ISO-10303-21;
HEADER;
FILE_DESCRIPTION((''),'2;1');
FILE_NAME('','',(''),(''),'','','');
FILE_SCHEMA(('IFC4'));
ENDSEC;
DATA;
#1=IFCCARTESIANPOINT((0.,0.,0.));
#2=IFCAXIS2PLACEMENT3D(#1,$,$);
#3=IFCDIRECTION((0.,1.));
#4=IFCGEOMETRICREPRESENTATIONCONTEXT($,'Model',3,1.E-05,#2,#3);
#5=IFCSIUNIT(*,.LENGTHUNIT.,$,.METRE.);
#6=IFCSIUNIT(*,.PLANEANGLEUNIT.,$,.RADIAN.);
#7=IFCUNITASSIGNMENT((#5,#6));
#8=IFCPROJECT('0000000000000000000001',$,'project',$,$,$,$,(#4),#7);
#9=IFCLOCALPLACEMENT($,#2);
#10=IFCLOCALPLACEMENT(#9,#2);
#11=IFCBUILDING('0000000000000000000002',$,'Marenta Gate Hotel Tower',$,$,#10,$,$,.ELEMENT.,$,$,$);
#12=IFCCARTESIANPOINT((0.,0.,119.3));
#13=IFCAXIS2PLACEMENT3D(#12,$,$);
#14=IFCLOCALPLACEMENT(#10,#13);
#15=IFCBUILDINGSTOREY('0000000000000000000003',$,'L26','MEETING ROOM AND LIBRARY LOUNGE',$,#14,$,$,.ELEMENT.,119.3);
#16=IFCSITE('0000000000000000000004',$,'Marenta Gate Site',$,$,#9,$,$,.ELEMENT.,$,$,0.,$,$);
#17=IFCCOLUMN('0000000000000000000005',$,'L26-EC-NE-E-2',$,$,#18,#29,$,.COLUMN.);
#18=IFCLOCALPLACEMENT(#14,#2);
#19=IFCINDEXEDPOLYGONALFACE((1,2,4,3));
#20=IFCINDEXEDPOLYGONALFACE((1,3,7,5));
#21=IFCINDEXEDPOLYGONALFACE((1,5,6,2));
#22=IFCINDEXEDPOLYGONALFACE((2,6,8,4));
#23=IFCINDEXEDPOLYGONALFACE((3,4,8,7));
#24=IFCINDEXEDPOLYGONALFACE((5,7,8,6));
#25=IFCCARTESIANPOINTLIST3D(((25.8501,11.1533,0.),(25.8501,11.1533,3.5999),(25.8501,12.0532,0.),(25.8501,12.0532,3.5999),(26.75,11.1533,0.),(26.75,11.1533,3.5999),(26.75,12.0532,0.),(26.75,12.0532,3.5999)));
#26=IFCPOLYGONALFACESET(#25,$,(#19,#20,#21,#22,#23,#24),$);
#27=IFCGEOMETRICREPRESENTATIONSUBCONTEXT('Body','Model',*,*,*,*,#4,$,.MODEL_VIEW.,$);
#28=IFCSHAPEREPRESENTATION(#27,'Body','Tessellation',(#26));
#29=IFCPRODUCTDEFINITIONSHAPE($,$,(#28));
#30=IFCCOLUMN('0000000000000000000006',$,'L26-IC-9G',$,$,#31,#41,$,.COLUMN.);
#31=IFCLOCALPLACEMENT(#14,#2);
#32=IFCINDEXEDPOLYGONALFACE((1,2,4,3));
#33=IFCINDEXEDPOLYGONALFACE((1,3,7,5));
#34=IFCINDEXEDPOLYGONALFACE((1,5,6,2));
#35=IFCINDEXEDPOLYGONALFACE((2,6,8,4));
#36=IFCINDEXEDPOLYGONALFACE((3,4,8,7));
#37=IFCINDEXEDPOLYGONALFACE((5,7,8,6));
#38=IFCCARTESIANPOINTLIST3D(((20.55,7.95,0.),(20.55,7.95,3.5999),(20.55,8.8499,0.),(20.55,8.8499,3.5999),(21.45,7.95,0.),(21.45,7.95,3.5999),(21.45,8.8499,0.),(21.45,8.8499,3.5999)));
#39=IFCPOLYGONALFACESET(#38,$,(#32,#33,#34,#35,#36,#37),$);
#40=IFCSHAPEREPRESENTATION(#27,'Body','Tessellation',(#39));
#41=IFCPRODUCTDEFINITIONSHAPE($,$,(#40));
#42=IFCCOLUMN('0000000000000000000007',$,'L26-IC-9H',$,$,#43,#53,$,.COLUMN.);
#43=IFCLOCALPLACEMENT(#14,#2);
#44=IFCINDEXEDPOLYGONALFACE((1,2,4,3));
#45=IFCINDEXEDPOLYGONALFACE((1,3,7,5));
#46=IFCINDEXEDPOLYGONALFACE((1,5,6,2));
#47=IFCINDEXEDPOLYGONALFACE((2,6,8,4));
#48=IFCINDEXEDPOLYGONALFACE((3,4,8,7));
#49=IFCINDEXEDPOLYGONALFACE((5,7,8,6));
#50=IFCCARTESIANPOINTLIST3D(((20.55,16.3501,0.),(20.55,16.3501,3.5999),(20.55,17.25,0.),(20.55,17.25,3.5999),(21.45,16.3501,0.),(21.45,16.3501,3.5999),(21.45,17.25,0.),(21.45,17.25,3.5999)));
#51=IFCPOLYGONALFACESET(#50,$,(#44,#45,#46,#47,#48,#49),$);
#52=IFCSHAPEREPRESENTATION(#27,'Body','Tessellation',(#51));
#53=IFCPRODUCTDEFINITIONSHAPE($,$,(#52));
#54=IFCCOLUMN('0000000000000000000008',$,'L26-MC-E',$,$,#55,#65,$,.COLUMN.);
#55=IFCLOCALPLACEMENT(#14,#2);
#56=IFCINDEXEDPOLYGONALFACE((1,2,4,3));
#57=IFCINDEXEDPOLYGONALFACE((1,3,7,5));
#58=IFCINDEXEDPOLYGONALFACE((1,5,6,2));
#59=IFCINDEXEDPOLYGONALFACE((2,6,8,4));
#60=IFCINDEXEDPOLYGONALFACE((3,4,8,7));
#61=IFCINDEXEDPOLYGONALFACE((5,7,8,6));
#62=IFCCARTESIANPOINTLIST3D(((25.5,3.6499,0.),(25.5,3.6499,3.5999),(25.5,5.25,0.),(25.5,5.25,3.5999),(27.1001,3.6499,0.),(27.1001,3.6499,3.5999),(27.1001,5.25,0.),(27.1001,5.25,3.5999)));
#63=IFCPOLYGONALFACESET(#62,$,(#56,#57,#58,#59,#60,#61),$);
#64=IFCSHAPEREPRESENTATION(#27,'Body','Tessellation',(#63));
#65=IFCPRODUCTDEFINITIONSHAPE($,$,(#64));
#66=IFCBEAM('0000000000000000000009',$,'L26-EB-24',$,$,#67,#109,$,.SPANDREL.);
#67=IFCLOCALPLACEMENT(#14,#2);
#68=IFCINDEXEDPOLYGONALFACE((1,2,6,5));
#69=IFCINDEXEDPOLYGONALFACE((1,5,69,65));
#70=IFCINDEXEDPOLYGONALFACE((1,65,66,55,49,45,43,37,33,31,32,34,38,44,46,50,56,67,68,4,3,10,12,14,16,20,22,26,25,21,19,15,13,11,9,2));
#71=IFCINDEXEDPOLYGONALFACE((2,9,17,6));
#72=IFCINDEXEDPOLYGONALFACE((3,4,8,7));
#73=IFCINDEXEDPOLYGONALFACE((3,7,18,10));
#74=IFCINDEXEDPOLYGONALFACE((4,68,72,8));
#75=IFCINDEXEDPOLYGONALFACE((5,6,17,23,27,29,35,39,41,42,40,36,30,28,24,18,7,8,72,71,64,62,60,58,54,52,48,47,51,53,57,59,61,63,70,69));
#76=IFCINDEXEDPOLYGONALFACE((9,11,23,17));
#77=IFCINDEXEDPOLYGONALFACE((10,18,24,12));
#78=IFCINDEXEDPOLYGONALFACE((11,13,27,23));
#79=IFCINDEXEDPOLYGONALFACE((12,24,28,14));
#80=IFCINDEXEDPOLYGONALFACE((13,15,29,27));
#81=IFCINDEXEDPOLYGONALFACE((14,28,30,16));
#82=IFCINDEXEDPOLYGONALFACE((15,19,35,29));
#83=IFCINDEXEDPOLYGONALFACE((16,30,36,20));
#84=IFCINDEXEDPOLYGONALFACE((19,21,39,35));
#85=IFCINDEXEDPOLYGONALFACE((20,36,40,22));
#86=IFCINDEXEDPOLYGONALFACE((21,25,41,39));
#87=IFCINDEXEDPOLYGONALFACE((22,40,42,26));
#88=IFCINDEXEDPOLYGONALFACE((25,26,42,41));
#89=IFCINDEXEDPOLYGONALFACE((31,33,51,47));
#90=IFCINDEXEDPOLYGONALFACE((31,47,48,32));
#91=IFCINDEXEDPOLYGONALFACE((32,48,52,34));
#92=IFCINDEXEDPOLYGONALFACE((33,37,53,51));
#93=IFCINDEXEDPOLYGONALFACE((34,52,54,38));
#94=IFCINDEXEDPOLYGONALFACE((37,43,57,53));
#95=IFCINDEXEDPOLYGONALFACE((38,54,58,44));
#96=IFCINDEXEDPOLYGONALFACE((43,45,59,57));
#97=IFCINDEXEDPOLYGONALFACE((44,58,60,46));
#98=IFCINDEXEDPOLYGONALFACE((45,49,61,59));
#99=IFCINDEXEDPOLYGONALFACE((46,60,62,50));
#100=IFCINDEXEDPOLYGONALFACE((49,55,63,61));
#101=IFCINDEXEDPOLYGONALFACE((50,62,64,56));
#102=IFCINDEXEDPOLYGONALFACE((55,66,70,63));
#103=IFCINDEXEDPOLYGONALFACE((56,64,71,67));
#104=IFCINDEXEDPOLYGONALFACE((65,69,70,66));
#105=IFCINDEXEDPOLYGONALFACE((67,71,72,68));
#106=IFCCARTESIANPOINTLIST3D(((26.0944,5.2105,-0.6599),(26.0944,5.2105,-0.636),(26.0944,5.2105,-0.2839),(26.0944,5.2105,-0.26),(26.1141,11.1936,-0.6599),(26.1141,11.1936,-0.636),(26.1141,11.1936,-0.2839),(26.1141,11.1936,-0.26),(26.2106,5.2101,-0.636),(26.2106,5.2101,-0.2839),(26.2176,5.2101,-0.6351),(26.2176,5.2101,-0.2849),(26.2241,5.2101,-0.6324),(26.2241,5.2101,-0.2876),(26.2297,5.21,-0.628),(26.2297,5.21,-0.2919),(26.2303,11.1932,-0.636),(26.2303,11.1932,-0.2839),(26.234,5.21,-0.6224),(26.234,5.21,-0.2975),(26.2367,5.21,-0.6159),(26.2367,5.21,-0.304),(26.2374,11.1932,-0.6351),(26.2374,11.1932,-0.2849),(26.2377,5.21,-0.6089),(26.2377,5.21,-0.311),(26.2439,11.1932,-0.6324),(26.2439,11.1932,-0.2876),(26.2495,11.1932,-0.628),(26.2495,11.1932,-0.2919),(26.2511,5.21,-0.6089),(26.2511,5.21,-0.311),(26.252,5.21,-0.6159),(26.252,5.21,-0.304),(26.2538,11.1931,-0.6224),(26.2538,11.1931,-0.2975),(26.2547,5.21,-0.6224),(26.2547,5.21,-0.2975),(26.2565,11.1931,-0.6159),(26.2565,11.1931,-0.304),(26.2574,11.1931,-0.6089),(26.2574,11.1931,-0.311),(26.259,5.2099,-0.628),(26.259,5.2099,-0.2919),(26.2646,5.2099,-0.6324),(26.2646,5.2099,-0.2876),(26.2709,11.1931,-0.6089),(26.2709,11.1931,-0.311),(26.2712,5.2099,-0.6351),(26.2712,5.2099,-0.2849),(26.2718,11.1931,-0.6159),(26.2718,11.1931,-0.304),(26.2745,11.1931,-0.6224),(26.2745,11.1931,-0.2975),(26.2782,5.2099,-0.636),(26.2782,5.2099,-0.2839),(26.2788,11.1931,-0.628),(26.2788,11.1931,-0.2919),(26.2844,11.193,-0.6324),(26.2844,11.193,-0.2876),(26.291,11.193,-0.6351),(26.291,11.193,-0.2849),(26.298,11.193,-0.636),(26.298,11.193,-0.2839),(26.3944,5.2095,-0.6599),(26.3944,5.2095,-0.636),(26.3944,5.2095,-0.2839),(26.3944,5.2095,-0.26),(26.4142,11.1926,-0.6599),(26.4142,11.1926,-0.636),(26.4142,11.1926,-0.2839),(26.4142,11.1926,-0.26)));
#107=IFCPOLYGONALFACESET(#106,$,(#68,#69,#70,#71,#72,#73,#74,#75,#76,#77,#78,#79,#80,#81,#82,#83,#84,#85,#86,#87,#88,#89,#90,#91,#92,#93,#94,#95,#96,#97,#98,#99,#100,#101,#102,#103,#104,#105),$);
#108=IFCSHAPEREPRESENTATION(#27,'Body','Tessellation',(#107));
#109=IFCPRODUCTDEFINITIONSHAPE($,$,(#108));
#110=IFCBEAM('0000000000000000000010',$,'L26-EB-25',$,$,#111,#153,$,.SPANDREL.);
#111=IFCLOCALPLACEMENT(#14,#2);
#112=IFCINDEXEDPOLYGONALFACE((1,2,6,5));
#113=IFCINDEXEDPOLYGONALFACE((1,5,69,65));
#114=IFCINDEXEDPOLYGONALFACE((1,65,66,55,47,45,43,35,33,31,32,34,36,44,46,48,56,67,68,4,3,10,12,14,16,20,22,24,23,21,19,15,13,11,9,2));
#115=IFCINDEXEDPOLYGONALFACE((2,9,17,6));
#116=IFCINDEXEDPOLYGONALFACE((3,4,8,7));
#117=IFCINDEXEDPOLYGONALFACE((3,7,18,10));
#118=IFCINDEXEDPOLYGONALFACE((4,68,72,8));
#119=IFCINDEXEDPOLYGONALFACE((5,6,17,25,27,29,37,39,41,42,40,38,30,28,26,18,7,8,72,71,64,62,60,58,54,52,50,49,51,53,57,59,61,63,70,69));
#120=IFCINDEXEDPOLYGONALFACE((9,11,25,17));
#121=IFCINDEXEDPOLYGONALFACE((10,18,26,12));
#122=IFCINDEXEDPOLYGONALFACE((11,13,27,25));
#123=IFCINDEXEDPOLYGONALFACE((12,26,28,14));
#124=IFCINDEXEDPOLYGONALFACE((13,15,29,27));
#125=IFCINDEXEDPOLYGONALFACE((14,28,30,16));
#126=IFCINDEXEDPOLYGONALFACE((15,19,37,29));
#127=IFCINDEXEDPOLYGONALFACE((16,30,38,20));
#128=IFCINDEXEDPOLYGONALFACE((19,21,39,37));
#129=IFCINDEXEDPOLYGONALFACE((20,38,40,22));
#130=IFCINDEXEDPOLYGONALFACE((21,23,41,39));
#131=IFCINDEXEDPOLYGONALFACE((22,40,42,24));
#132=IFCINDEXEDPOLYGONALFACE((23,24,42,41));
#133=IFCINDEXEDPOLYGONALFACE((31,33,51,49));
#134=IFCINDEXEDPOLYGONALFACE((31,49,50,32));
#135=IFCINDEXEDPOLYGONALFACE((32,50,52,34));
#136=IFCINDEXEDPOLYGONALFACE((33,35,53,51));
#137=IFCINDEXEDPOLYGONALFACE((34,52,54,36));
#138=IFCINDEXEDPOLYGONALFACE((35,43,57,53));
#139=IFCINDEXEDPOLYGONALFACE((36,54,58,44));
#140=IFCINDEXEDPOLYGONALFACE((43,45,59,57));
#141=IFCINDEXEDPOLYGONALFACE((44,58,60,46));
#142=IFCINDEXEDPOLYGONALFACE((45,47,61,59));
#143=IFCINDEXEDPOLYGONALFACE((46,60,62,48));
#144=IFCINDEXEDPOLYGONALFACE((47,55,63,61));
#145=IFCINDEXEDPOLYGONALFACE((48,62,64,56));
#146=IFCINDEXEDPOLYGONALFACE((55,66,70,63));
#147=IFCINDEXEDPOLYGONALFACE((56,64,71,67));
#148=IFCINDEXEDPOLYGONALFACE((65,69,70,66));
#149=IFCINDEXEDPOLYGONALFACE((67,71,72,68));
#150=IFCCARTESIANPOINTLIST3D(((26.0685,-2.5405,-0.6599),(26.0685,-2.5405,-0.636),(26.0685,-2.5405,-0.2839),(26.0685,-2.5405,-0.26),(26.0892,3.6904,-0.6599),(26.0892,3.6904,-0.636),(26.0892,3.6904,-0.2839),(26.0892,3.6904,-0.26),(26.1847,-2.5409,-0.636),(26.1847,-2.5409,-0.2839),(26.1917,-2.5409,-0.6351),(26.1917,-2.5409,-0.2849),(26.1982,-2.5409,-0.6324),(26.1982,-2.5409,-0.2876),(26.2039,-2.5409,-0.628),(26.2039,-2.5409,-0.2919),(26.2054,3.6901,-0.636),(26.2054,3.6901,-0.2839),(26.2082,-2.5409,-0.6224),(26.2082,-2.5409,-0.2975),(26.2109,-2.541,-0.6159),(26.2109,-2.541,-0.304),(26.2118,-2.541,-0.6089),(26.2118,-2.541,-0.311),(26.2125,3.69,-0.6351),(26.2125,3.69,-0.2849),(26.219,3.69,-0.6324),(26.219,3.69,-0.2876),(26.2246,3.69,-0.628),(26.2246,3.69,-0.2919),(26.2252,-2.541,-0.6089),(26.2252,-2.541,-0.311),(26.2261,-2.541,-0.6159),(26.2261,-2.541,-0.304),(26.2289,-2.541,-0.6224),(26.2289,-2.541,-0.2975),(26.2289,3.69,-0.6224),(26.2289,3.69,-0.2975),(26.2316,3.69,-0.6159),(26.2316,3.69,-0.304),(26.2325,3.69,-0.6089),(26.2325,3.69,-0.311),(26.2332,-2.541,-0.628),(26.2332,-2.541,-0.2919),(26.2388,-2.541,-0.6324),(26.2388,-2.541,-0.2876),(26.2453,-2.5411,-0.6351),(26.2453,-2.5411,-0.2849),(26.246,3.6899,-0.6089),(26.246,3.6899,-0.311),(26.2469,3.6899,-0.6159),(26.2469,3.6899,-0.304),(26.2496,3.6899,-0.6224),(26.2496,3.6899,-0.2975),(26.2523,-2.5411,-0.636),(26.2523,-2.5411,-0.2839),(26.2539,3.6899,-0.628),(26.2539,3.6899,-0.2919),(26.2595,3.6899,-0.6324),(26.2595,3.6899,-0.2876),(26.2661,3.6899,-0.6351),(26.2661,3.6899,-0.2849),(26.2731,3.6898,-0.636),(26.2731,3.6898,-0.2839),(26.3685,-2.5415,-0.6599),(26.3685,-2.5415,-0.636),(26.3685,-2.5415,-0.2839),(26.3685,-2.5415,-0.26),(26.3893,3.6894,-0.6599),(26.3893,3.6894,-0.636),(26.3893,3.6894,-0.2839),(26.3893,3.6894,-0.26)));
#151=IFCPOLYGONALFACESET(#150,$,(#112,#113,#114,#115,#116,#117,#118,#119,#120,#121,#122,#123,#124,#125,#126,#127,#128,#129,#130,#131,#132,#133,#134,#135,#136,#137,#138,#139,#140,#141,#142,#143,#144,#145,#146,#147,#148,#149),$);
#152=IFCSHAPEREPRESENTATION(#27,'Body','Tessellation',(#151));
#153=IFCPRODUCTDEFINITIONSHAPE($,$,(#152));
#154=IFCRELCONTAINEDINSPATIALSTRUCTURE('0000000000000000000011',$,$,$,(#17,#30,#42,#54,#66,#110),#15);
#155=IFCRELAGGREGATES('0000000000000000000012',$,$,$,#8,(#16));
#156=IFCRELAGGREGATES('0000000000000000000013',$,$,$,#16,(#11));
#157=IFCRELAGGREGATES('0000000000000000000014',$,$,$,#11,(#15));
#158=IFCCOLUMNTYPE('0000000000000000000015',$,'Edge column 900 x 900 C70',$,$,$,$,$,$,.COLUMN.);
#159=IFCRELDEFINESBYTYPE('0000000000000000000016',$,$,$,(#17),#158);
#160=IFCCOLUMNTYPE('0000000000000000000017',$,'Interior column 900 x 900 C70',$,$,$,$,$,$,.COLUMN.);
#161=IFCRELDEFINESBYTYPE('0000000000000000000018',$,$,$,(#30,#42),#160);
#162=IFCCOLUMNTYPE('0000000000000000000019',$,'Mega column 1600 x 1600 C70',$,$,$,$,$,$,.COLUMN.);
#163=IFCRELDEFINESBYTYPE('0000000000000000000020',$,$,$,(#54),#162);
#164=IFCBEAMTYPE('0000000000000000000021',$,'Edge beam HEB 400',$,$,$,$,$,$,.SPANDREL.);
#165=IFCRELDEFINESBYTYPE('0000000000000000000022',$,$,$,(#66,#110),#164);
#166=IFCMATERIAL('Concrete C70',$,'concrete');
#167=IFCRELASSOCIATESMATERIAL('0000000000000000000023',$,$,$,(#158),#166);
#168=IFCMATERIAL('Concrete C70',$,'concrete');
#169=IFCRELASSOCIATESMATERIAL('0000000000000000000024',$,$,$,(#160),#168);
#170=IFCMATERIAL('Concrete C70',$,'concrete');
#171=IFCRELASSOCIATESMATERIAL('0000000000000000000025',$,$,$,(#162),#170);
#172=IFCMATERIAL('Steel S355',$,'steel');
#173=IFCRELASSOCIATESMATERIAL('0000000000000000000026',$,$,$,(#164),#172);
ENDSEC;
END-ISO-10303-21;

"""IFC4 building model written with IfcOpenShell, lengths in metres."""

from ifc_helpers import new_model, si_unit, direction, frame, origin, origin_2d, place, context, subcontext, project, spatial, rectangle, i_section, extrude, material, material_profile, profile_set, type_object, element, save


model = new_model("IFC4")

# Units and contexts
model_context = context("Model", 3, precision=1e-05, world=origin(), true_north=direction((0.0, 1.0)))
body_context = subcontext(model_context, "Body", "Model", "MODEL_VIEW")
ifc_project = project(units=[si_unit("LENGTHUNIT", "METRE"), si_unit("PLANEANGLEUNIT", "RADIAN")], contexts=[model_context])

# Site, building, storey
site_placement = place(None, origin())
site = spatial("IfcSite", under=ifc_project, at=site_placement, Name="Marenta Gate Site", CompositionType="ELEMENT", RefElevation=0.0)
building_placement = place(site_placement, origin())
building = spatial("IfcBuilding", under=site, at=building_placement, Name="Marenta Gate Hotel Tower", CompositionType="ELEMENT")
storey_placement = place(building_placement, frame((0.0, 0.0, 119.3)))
storey = spatial("IfcBuildingStorey", under=building, at=storey_placement, Name="L26", Description="MEETING ROOM AND LIBRARY LOUNGE", CompositionType="ELEMENT", Elevation=119.3)

# Columns
ifc_material_1 = material(Name="Concrete C70", Category="concrete")
ifc_material_profile_1 = material_profile(ifc_material_1, rectangle(XDim=0.8999, YDim=0.8999, at=origin_2d()), Name="900 x 900")
ifc_profile_set_1 = profile_set([ifc_material_profile_1], Name="Concrete C70")
column_type_1 = type_object("IfcColumnType", Name="Edge column 900 x 900 C70", PredefinedType="COLUMN", material=ifc_profile_set_1)
column_1_placement = place(storey_placement, frame((26.3, 11.6033, 0.0), z_axis=(0.0, 0.0, 1.0), x_axis=(1.0, 0.0, 0.0)))
element("IfcColumn", 1, at=column_1_placement, inside=storey, type_object=column_type_1, Name="L26-EC-NE-E-2", PredefinedType="COLUMN", context=body_context, shape_type="SweptSolid", body=[
    extrude(rectangle(XDim=0.8999, YDim=0.8999, at=origin_2d()), origin(), (0.0, 0.0, 1.0), 3.5999),
])
ifc_material_2 = material(Name="Concrete C70", Category="concrete")
ifc_material_profile_2 = material_profile(ifc_material_2, rectangle(XDim=0.8999, YDim=0.8999, at=origin_2d()), Name="900 x 900")
ifc_profile_set_2 = profile_set([ifc_material_profile_2], Name="Concrete C70")
column_type_2 = type_object("IfcColumnType", Name="Interior column 900 x 900 C70", PredefinedType="COLUMN", material=ifc_profile_set_2)
for number, where, z_axis, x_axis, name in (
    (2, (21.0, 8.3999, 0.0), (0.0, 0.0, 1.0), (1.0, 0.0, 0.0), "L26-IC-9G"),
    (3, (21.0, 16.8, 0.0), (0.0, 0.0, 1.0), (1.0, 0.0, 0.0), "L26-IC-9H"),
):
    element("IfcColumn", number, at=place(storey_placement, frame(where, z_axis=z_axis, x_axis=x_axis)), inside=storey, type_object=column_type_2, Name=name, PredefinedType="COLUMN", context=body_context, shape_type="SweptSolid", body=[
        extrude(rectangle(XDim=0.8999, YDim=0.8999, at=origin_2d()), origin(), (0.0, 0.0, 1.0), 3.5999),
    ])
ifc_material_3 = material(Name="Concrete C70", Category="concrete")
ifc_material_profile_3 = material_profile(ifc_material_3, rectangle(XDim=1.6001, YDim=1.6001, at=origin_2d()), Name="1600 x 1600")
ifc_profile_set_3 = profile_set([ifc_material_profile_3], Name="Concrete C70")
column_type_3 = type_object("IfcColumnType", Name="Mega column 1600 x 1600 C70", PredefinedType="COLUMN", material=ifc_profile_set_3)
column_2_placement = place(storey_placement, frame((26.3, 4.45, 0.0), z_axis=(0.0, 0.0, 1.0), x_axis=(1.0, 0.0, 0.0)))
element("IfcColumn", 4, at=column_2_placement, inside=storey, type_object=column_type_3, Name="L26-MC-E", PredefinedType="COLUMN", context=body_context, shape_type="SweptSolid", body=[
    extrude(rectangle(XDim=1.6001, YDim=1.6001, at=origin_2d()), origin(), (0.0, 0.0, 1.0), 3.5999),
])

# Beams
ifc_material_4 = material(Name="Steel S355", Category="steel")
ifc_material_profile_4 = material_profile(ifc_material_4, i_section(OverallWidth=0.3, OverallDepth=0.3999, WebThickness=0.0134, FlangeThickness=0.0239, FilletRadius=0.0271, at=origin_2d()), Name="HEB 400")
ifc_profile_set_4 = profile_set([ifc_material_profile_4], Name="Steel S355")
beam_type_1 = type_object("IfcBeamType", Name="Edge beam HEB 400", PredefinedType="SPANDREL", material=ifc_profile_set_4)
beam_1_placement = place(storey_placement, frame((26.2642, 11.1931, -0.46), z_axis=(-0.003305, -0.999995, 0.0), x_axis=(0.999995, -0.003305, 0.0)))
element("IfcBeam", 5, at=beam_1_placement, inside=storey, type_object=beam_type_1, Name="L26-EB-24", PredefinedType="SPANDREL", context=body_context, shape_type="SweptSolid", body=[
    extrude(i_section(OverallWidth=0.3, OverallDepth=0.3999, WebThickness=0.0134, FlangeThickness=0.0239, FilletRadius=0.0271, at=origin_2d()), origin(), (0.0, 0.0, 1.0), 5.9832),
])
beam_2_placement = place(storey_placement, frame((26.2393, 3.6899, -0.46), z_axis=(-0.00333, -0.999994, 0.0), x_axis=(0.999994, -0.00333, 0.0)))
element("IfcBeam", 6, at=beam_2_placement, inside=storey, type_object=beam_type_1, Name="L26-EB-25", PredefinedType="SPANDREL", context=body_context, shape_type="SweptSolid", body=[
    extrude(i_section(OverallWidth=0.3, OverallDepth=0.3999, WebThickness=0.0134, FlangeThickness=0.0239, FilletRadius=0.0271, at=origin_2d()), origin(), (0.0, 0.0, 1.0), 6.231),
])

save(model, "model.ifc")
